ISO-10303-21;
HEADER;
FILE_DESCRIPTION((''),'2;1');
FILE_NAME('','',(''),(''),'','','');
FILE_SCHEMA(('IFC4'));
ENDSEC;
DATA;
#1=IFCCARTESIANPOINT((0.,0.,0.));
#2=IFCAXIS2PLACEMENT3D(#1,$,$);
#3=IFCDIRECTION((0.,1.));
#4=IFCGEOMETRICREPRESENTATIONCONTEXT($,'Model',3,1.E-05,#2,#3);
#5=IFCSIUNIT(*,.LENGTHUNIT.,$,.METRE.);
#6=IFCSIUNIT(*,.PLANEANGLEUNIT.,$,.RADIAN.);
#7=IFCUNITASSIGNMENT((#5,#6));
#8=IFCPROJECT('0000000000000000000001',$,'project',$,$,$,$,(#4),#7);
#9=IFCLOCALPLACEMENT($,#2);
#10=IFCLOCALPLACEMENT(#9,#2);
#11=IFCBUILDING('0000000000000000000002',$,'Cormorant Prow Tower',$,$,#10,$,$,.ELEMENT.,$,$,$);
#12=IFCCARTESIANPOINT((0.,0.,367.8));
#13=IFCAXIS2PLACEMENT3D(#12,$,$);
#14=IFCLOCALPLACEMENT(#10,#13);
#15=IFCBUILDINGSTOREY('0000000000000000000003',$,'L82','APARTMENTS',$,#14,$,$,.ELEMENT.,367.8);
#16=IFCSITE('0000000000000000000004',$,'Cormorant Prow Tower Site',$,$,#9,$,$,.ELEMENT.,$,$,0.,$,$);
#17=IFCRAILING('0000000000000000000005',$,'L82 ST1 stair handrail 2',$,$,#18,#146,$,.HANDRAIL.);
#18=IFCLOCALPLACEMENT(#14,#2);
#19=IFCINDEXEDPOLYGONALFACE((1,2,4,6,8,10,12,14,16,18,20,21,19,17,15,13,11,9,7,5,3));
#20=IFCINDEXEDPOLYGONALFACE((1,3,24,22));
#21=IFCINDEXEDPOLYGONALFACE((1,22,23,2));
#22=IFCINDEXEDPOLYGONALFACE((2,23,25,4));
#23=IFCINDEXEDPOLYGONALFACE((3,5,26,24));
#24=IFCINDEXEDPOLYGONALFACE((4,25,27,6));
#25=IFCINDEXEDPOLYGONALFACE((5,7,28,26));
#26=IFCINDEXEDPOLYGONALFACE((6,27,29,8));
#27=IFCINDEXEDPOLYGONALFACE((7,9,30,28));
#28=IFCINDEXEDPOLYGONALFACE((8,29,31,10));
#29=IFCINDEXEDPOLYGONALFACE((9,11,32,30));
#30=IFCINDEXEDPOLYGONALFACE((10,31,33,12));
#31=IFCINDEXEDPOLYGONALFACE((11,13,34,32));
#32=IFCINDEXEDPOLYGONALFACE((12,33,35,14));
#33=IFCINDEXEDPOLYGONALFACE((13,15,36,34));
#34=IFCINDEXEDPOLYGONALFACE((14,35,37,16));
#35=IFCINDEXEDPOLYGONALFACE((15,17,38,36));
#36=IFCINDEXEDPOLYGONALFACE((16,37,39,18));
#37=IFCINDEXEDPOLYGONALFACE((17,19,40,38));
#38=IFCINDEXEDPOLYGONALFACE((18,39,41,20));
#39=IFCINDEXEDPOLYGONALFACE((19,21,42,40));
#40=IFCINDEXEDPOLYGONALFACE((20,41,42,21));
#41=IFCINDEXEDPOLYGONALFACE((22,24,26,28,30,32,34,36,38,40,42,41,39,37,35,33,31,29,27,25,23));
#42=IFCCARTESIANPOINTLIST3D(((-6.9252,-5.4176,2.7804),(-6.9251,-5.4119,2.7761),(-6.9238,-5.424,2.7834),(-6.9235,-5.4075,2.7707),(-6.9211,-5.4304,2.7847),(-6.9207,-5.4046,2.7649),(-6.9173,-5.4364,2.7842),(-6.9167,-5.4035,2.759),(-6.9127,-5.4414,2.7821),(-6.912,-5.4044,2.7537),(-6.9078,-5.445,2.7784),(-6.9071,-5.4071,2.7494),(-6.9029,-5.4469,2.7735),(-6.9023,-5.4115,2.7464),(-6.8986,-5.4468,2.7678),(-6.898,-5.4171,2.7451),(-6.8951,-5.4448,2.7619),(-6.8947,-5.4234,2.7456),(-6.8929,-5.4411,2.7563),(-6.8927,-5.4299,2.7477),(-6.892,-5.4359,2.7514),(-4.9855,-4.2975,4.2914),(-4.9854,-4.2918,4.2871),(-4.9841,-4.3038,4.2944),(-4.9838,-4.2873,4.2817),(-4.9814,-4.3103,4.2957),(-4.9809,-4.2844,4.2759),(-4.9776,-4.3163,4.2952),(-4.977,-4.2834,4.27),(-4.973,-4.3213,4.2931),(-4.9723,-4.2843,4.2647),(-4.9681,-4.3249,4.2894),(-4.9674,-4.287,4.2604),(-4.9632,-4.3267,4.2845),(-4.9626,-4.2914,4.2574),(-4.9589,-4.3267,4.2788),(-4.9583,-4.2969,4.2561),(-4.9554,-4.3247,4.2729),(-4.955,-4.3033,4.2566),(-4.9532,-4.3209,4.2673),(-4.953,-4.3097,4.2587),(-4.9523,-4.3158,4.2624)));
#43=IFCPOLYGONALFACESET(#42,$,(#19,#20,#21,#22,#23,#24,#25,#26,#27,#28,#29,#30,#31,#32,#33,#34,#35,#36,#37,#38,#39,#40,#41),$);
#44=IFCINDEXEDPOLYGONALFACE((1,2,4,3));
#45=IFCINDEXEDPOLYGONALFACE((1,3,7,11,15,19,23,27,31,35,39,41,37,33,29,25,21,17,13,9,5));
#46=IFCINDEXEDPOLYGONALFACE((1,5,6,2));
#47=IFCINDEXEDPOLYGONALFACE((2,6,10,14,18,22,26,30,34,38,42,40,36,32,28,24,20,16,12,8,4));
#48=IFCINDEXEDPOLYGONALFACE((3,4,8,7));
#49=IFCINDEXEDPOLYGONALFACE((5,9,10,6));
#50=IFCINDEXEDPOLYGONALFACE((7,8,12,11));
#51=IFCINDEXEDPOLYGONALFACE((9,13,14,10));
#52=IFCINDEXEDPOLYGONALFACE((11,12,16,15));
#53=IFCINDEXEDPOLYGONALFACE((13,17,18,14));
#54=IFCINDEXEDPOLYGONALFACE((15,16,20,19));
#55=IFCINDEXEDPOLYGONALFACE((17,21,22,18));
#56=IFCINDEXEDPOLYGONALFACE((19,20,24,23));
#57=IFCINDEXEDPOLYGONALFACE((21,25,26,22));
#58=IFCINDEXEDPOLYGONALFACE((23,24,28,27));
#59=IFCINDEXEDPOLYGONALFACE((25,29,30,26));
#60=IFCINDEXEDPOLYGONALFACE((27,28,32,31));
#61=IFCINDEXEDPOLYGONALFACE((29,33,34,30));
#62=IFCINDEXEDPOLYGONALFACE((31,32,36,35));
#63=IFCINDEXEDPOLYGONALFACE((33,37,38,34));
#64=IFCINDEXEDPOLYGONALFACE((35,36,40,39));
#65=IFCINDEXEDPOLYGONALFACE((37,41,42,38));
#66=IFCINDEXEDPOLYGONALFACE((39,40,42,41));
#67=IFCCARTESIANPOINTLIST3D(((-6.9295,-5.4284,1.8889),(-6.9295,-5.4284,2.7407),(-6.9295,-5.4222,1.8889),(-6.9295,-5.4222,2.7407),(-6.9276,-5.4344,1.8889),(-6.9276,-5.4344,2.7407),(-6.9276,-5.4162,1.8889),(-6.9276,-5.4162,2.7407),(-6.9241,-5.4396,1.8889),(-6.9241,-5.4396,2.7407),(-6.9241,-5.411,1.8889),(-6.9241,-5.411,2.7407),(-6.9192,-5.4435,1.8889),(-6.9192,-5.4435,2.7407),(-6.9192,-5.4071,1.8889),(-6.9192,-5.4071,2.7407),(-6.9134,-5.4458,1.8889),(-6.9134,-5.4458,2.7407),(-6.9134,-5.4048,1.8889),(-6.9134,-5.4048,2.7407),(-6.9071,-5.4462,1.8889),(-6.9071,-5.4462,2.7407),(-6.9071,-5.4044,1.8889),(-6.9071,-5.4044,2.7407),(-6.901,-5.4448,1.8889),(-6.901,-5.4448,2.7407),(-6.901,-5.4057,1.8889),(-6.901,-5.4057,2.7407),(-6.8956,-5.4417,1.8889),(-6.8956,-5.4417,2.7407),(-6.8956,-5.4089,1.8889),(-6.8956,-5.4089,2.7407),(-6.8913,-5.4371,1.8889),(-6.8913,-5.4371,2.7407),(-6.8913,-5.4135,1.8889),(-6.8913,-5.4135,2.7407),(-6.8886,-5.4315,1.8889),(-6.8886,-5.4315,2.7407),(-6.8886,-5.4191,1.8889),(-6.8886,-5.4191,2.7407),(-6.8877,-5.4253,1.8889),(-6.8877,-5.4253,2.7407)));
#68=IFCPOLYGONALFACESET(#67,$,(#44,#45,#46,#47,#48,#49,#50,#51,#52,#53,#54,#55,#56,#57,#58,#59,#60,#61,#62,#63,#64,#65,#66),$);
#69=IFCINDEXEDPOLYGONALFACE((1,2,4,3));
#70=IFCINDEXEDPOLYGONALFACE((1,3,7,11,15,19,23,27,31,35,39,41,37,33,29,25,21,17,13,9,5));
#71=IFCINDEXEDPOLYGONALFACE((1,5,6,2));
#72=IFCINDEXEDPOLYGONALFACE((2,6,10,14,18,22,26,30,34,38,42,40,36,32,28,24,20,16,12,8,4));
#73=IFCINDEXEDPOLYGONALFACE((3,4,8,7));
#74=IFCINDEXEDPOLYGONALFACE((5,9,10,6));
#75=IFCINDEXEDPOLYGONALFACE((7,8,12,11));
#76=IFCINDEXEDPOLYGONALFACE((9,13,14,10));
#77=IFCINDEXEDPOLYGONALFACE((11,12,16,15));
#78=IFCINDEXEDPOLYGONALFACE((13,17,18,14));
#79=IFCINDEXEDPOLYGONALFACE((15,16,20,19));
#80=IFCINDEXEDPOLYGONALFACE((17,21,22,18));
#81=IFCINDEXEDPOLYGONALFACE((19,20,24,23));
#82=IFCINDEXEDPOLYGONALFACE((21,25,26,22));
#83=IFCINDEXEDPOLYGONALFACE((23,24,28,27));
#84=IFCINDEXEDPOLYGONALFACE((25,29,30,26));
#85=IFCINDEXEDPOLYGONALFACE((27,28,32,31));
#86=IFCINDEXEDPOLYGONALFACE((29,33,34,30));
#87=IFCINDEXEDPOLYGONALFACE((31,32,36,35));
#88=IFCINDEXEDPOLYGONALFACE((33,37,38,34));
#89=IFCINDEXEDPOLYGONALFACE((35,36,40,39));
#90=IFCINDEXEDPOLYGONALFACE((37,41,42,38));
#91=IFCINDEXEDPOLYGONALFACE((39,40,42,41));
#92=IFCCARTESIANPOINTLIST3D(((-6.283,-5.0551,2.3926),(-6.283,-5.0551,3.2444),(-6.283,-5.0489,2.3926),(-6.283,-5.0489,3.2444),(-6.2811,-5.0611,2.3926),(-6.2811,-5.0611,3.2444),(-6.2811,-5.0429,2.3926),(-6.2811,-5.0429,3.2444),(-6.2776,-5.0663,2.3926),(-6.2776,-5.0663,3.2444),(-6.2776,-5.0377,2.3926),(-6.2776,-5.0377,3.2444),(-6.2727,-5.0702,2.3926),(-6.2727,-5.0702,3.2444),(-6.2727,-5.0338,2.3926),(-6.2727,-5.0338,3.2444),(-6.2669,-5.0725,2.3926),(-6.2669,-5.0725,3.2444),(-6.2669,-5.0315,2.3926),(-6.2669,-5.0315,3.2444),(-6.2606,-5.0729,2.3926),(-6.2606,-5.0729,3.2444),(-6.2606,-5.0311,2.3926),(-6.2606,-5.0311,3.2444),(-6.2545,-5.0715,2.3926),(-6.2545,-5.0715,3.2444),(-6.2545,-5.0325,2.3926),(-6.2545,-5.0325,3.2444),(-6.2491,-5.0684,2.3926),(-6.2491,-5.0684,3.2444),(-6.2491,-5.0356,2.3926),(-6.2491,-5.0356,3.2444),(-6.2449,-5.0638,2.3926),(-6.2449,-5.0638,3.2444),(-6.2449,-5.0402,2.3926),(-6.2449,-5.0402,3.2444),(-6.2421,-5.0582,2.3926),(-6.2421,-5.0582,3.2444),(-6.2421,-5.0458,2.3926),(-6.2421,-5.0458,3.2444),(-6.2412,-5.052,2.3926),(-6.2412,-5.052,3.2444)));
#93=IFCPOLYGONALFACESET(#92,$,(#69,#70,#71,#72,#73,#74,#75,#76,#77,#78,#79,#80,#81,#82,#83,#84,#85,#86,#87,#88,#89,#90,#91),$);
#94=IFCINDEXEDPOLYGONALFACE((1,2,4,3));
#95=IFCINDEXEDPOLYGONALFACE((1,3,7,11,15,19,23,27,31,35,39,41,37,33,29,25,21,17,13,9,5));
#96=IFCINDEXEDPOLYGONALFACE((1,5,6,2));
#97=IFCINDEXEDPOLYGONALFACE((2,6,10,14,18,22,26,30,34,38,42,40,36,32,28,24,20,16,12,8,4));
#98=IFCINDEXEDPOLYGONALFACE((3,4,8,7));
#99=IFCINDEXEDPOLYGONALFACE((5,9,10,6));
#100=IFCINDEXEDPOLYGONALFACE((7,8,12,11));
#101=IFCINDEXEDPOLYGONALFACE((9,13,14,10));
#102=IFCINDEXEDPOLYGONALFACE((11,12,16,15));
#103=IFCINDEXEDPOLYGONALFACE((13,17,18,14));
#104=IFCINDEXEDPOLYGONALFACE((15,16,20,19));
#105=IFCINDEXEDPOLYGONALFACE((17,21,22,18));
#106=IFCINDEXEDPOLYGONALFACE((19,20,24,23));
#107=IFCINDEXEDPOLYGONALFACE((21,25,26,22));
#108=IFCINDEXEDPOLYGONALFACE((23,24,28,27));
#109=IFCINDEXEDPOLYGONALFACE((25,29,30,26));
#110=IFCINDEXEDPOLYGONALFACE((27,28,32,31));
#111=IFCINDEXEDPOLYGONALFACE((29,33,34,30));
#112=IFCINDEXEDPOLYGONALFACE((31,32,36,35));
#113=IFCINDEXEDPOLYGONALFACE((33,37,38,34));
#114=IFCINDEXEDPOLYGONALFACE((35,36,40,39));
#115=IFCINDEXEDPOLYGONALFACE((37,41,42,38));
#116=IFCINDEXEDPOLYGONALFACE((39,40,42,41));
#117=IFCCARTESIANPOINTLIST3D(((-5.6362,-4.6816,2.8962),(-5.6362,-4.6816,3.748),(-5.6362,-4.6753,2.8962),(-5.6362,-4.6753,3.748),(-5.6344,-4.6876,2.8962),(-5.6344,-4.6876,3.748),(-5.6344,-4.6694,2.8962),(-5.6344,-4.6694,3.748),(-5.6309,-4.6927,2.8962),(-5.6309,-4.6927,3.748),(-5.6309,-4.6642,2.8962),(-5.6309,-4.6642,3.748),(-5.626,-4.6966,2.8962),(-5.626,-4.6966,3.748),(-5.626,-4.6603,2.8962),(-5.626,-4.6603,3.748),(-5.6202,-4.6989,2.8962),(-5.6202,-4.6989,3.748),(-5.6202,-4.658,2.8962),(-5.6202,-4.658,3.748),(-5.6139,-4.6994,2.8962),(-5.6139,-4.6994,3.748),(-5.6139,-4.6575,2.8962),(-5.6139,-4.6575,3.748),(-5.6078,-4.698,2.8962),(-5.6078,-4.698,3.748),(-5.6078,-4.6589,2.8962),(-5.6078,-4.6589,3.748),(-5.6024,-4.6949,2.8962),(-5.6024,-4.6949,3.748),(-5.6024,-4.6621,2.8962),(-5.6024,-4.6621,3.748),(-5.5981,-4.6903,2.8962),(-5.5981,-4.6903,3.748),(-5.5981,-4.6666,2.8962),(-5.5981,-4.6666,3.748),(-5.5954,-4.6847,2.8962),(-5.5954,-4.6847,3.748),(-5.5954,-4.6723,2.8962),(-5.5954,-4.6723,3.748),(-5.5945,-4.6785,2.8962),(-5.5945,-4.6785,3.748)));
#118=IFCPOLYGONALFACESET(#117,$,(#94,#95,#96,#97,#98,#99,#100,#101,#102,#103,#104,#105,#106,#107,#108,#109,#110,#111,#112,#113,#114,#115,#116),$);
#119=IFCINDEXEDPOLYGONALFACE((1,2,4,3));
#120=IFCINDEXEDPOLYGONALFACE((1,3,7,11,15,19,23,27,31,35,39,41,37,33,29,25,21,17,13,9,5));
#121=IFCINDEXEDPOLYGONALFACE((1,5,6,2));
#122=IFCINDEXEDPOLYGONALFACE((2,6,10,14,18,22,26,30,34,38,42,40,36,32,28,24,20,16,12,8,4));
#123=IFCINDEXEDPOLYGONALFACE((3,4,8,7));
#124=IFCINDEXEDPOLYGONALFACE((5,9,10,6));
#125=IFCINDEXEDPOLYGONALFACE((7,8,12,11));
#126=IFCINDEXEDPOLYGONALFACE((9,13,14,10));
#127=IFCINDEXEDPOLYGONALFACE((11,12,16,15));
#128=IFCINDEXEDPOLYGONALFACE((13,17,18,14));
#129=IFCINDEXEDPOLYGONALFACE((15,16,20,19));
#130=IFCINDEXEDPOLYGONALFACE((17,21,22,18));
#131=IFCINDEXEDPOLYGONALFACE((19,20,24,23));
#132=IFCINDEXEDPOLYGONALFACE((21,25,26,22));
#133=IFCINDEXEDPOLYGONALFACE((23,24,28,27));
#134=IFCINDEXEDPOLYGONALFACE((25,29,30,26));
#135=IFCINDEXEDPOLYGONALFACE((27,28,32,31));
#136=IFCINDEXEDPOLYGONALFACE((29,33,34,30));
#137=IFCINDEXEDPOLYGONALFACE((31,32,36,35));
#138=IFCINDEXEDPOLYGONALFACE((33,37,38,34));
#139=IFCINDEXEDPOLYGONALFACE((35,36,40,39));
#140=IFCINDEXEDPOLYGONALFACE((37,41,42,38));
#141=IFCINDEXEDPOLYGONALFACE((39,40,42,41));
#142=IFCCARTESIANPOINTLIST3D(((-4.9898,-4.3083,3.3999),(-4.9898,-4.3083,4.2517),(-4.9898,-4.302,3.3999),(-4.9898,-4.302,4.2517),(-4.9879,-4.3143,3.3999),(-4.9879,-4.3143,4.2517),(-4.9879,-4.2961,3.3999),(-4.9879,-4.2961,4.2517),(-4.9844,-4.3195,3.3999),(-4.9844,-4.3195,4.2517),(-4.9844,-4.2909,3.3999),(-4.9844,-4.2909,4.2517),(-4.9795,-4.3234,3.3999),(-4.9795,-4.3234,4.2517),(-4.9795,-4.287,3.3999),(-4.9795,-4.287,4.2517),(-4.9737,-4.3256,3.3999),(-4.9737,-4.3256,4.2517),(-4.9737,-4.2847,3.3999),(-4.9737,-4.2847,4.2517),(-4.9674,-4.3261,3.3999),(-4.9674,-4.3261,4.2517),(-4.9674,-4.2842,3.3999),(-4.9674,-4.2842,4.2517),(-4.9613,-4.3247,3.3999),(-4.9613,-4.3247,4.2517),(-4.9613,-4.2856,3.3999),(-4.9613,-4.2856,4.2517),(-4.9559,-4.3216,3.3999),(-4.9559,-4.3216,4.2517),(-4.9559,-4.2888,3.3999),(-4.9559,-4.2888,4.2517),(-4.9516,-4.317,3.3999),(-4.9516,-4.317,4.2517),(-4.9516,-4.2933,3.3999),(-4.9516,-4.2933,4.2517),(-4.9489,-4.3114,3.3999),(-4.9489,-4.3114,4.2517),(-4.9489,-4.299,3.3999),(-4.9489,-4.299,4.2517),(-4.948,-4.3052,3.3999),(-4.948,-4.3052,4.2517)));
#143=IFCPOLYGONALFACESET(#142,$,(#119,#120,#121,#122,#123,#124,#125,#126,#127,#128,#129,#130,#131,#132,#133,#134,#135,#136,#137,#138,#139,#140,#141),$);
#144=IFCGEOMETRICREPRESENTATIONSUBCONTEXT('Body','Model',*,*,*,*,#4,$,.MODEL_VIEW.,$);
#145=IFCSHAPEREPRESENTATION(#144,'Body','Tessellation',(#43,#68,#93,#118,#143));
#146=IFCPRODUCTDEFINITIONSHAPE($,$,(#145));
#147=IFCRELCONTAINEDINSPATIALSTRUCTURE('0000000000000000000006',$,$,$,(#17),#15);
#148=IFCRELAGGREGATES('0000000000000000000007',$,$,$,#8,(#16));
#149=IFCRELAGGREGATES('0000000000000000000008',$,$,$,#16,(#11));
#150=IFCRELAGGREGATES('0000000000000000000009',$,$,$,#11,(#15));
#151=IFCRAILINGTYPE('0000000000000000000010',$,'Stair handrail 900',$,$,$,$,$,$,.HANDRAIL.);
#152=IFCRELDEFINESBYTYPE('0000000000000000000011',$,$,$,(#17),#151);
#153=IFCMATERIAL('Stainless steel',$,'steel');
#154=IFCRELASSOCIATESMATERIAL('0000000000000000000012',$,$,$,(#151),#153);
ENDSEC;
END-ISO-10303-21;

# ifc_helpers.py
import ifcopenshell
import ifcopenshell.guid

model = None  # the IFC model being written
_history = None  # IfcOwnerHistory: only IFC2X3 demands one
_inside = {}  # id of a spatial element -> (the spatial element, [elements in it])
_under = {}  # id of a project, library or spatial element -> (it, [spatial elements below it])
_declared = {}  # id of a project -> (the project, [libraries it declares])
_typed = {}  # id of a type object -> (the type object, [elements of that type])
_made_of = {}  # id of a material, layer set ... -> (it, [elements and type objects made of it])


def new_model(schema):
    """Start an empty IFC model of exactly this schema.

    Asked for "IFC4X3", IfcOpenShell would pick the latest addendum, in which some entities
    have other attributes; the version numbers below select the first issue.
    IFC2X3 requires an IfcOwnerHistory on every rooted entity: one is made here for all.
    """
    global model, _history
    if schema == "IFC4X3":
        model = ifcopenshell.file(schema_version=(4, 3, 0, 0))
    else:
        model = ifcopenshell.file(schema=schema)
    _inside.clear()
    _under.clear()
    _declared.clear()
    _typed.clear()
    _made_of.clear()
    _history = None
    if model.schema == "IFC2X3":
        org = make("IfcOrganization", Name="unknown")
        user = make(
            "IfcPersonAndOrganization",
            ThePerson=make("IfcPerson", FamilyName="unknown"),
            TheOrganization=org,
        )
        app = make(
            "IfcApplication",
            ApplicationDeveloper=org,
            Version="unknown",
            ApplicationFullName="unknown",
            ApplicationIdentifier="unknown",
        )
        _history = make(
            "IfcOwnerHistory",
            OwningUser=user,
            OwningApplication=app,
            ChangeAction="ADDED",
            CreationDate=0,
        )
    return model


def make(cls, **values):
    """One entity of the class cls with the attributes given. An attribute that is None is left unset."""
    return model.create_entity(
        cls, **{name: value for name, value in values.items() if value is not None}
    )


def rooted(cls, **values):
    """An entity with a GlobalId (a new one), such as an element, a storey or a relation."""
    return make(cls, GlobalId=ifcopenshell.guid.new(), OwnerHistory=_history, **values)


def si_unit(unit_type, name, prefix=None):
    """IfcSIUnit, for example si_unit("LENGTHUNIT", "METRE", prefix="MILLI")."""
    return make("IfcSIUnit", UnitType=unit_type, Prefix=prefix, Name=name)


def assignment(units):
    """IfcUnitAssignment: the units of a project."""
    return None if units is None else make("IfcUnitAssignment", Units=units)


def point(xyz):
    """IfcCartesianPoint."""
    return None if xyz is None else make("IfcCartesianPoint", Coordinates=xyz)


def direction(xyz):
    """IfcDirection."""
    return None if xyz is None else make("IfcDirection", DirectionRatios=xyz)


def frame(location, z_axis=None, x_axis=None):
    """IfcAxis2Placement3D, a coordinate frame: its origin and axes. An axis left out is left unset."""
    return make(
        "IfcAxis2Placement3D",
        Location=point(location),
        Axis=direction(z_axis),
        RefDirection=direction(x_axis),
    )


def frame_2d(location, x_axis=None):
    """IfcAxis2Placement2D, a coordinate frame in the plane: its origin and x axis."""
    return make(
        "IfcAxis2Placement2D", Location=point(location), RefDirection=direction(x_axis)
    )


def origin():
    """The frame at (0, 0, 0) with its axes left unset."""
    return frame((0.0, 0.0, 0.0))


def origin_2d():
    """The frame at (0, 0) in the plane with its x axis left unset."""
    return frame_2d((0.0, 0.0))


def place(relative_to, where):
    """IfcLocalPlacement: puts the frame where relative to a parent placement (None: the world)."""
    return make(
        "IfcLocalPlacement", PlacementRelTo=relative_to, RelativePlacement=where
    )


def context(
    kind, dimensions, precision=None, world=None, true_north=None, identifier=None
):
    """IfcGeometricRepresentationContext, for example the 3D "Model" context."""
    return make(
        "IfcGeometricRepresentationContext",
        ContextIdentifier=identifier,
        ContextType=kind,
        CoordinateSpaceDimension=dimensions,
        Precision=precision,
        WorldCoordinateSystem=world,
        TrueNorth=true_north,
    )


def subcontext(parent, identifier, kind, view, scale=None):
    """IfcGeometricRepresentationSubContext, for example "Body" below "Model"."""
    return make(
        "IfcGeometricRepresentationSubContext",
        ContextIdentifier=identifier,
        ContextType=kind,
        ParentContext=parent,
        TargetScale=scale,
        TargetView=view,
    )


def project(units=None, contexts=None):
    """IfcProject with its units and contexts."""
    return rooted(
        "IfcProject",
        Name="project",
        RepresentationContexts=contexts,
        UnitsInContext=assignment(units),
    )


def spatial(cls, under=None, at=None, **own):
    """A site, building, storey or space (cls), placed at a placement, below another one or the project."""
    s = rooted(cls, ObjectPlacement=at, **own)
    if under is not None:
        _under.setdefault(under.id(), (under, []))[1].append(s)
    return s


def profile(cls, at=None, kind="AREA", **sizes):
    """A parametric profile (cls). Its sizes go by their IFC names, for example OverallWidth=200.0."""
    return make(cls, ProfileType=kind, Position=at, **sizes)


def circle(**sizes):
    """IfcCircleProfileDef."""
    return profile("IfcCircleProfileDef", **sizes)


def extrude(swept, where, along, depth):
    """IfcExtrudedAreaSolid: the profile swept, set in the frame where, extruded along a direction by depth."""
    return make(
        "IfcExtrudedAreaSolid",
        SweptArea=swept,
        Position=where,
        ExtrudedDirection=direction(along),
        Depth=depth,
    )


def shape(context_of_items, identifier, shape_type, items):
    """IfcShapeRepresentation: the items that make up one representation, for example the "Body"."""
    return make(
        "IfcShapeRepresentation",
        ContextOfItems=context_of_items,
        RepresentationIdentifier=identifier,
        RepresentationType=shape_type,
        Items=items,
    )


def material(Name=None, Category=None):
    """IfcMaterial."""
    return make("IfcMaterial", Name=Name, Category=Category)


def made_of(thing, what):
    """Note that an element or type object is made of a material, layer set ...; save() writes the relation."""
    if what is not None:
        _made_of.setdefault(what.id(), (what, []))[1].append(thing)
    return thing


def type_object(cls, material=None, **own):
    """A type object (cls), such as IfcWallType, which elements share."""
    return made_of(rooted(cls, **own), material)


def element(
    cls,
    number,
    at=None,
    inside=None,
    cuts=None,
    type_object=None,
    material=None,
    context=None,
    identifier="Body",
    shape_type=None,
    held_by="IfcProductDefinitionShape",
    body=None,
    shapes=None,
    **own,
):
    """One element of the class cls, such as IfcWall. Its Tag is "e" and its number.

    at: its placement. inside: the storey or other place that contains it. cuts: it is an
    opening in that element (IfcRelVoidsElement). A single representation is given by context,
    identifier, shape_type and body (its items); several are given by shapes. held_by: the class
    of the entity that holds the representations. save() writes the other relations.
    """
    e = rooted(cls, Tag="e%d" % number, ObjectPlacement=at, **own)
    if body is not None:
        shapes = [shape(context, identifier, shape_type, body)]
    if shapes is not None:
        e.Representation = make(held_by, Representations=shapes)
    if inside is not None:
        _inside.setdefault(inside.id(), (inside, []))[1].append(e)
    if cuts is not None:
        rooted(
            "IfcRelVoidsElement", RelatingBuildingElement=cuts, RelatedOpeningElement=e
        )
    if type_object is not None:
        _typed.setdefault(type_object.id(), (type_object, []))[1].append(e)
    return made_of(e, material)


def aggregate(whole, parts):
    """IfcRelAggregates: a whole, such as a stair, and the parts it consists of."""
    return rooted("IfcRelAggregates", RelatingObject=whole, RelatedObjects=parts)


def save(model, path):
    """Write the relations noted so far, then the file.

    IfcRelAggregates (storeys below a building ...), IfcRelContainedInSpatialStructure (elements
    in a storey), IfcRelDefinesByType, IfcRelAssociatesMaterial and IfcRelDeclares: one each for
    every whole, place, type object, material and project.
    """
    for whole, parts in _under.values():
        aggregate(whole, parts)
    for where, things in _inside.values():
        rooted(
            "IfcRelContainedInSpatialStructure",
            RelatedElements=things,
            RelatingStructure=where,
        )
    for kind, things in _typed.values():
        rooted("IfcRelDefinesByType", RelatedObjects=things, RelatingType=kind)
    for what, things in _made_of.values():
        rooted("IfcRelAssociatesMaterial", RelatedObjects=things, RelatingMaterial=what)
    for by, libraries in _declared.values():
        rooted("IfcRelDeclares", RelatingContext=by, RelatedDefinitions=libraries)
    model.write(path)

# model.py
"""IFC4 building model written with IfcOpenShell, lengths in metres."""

from ifc_helpers import new_model, si_unit, direction, frame, origin, origin_2d, place, context, subcontext, project, spatial, circle, extrude, material, type_object, element, save


model = new_model("IFC4")

# Units and contexts
model_context = context("Model", 3, precision=1e-05, world=origin(), true_north=direction((0.0, 1.0)))
body_context = subcontext(model_context, "Body", "Model", "MODEL_VIEW")
ifc_project = project(units=[si_unit("LENGTHUNIT", "METRE"), si_unit("PLANEANGLEUNIT", "RADIAN")], contexts=[model_context])

# Site, building, storey
site_placement = place(None, origin())
site = spatial("IfcSite", under=ifc_project, at=site_placement, Name="Cormorant Prow Tower Site", CompositionType="ELEMENT", RefElevation=0.0)
building_placement = place(site_placement, origin())
building = spatial("IfcBuilding", under=site, at=building_placement, Name="Cormorant Prow Tower", CompositionType="ELEMENT")
storey_placement = place(building_placement, frame((0.0, 0.0, 367.8)))
storey = spatial("IfcBuildingStorey", under=building, at=storey_placement, Name="L82", Description="APARTMENTS", CompositionType="ELEMENT", Elevation=367.8)

# Railing
ifc_material_1 = material(Name="Stainless steel", Category="steel")
railing_type_1 = type_object("IfcRailingType", Name="Stair handrail 900", PredefinedType="HANDRAIL", material=ifc_material_1)
railing_1_placement = place(storey_placement, frame((-6.9087, -5.4253, 1.8889)))
element("IfcRailing", 1, at=railing_1_placement, inside=storey, type_object=railing_type_1, Name="L82 ST1 stair handrail 2", PredefinedType="HANDRAIL", context=body_context, shape_type="SweptSolid", body=[
    extrude(circle(Radius=0.0239, at=origin_2d()), frame((0.0, 0.0, 0.876), z_axis=(0.717906, 0.414569, 0.559235), x_axis=(-0.500078, 0.86598, 0.0)), (0.0, 0.0, 1.0), 2.7019),
    extrude(circle(Radius=0.021, at=origin_2d()), origin(), (0.0, 0.0, 1.0), 0.8518),
    extrude(circle(Radius=0.021, at=origin_2d()), frame((0.6465, 0.3733, 0.5037)), (0.0, 0.0, 1.0), 0.8518),
    extrude(circle(Radius=0.021, at=origin_2d()), frame((1.2932, 0.7468, 1.0073)), (0.0, 0.0, 1.0), 0.8518),
    extrude(circle(Radius=0.021, at=origin_2d()), frame((1.9397, 1.1201, 1.511)), (0.0, 0.0, 1.0), 0.8518),
])

save(model, "model.ifc")
